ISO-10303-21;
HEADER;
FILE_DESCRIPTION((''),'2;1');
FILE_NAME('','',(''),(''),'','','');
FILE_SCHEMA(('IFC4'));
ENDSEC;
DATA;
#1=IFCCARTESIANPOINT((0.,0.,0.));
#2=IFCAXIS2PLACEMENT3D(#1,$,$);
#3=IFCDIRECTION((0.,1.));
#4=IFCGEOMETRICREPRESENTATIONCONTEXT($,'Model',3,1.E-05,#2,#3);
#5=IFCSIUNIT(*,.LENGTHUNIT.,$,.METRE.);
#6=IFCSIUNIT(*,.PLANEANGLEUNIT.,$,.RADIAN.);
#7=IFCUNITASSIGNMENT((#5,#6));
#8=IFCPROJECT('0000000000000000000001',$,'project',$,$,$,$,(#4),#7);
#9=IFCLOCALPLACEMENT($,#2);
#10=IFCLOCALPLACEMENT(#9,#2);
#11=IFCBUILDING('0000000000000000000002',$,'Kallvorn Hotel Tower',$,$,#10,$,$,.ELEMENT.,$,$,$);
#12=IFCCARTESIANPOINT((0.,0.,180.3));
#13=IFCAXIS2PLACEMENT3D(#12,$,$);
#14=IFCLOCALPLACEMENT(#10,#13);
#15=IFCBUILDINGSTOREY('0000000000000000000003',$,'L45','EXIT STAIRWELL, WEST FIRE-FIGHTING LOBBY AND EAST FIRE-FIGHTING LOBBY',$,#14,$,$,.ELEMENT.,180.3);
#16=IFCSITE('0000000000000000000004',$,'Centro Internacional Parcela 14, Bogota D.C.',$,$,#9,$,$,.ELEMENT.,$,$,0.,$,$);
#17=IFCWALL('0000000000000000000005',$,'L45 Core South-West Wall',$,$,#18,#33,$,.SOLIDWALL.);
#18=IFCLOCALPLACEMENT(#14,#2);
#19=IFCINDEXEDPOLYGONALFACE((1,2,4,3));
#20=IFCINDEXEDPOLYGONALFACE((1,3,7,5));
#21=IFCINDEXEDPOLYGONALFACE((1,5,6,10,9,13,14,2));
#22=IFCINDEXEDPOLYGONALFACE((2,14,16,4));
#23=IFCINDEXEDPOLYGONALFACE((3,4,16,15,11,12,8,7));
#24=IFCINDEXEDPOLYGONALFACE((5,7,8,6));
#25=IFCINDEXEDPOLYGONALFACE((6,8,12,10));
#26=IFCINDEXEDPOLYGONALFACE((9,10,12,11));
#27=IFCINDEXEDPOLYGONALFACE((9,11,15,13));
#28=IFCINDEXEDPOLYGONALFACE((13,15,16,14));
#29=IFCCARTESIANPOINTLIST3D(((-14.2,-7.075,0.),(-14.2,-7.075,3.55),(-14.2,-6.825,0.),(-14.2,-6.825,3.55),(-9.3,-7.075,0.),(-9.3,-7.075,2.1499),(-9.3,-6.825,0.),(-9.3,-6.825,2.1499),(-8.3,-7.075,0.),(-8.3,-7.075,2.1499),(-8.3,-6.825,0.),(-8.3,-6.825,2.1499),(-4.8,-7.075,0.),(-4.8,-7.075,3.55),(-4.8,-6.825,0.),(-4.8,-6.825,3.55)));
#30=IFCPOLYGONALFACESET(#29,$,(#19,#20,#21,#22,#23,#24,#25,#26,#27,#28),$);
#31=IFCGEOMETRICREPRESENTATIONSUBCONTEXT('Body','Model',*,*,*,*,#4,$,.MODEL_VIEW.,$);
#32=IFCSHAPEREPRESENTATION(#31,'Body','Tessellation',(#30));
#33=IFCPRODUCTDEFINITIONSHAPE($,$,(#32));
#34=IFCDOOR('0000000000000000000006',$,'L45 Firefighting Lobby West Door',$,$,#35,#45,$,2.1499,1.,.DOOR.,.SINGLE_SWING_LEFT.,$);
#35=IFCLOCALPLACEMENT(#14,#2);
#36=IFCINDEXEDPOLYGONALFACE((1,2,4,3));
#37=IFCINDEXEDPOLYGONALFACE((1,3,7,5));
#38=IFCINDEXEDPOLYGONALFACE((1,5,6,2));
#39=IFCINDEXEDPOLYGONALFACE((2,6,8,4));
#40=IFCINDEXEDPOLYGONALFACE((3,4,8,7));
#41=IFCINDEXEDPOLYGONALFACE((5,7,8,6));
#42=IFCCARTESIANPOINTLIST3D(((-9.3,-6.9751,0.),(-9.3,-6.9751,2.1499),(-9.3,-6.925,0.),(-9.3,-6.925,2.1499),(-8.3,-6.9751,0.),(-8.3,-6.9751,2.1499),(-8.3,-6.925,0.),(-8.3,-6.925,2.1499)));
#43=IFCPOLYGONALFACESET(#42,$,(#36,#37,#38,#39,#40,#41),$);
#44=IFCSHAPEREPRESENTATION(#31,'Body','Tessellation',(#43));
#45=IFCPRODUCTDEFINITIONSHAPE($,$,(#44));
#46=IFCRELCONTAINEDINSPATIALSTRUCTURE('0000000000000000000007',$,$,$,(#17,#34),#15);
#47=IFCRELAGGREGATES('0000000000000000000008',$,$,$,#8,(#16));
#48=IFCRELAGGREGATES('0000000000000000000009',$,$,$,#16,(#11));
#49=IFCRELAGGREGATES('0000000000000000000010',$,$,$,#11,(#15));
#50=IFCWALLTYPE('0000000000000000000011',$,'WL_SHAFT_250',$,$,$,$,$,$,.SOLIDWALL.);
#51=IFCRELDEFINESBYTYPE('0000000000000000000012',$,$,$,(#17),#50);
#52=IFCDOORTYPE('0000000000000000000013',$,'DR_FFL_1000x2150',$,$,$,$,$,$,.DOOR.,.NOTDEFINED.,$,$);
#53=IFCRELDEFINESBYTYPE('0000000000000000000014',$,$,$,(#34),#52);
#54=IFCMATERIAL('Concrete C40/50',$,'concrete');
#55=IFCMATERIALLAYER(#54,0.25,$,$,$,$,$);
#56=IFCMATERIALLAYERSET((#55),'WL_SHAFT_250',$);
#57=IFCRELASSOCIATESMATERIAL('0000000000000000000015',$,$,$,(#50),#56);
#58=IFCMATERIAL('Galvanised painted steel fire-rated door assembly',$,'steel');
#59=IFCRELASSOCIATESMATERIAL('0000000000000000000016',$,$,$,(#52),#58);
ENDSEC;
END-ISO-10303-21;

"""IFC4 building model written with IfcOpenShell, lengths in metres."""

from ifc_helpers import new_model, si_unit, direction, frame, frame_2d, origin, place, context, subcontext, project, spatial, rectangle, extrude, material, layer, layer_set, type_object, element, fill, save


model = new_model("IFC4")

# Units and contexts
model_context = context("Model", 3, precision=1e-05, world=origin(), true_north=direction((0.0, 1.0)))
body_context = subcontext(model_context, "Body", "Model", "MODEL_VIEW")
ifc_project = project(units=[si_unit("LENGTHUNIT", "METRE"), si_unit("PLANEANGLEUNIT", "RADIAN")], contexts=[model_context])

# Site, building, storey
site_placement = place(None, origin())
site = spatial("IfcSite", under=ifc_project, at=site_placement, Name="Centro Internacional Parcela 14, Bogota D.C.", CompositionType="ELEMENT", RefElevation=0.0)
building_placement = place(site_placement, origin())
building = spatial("IfcBuilding", under=site, at=building_placement, Name="Kallvorn Hotel Tower", CompositionType="ELEMENT")
storey_placement = place(building_placement, frame((0.0, 0.0, 180.3)))
storey = spatial("IfcBuildingStorey", under=building, at=storey_placement, Name="L45", Description="EXIT STAIRWELL, WEST FIRE-FIGHTING LOBBY AND EAST FIRE-FIGHTING LOBBY", CompositionType="ELEMENT", Elevation=180.3)

# Wall, opening, door
ifc_material_1 = material(Name="Concrete C40/50", Category="concrete")
ifc_layer_1 = layer(ifc_material_1, 0.25)
ifc_layer_set_1 = layer_set([ifc_layer_1], Name="WL_SHAFT_250")
wall_type_1 = type_object("IfcWallType", Name="WL_SHAFT_250", PredefinedType="SOLIDWALL", material=ifc_layer_set_1)
wall_1_placement = place(storey_placement, frame((-14.2, -6.95, 0.0), z_axis=(0.0, 0.0, 1.0), x_axis=(1.0, 0.0, 0.0)))
wall_1 = element("IfcWall", 1, at=wall_1_placement, inside=storey, type_object=wall_type_1, Name="L45 Core South-West Wall", PredefinedType="SOLIDWALL", context=body_context, shape_type="SweptSolid", body=[
    extrude(rectangle(XDim=9.3999, YDim=0.25, at=frame_2d((4.7, 0.0))), origin(), (0.0, 0.0, 1.0), 3.55),
])
opening_1_placement = place(wall_1_placement, frame((4.8999, 0.0, 0.0)))
opening_1 = element("IfcOpeningElement", 2, at=opening_1_placement, cuts=wall_1, PredefinedType="OPENING", context=body_context, shape_type="SweptSolid", body=[
    extrude(rectangle(XDim=1.0, YDim=2.1499, at=frame_2d((0.5, 1.075))), frame((0.0, 0.1399, 0.0), z_axis=(0.0, -1.0, 0.0), x_axis=(1.0, 0.0, 0.0)), (0.0, 0.0, 1.0), 0.28),
])
ifc_material_2 = material(Name="Galvanised painted steel fire-rated door assembly", Category="steel")
door_type_1 = type_object("IfcDoorType", Name="DR_FFL_1000x2150", OperationType="NOTDEFINED", PredefinedType="DOOR", material=ifc_material_2)
door_1_placement = place(opening_1_placement, origin())
door_1 = element("IfcDoor", 3, at=door_1_placement, inside=storey, type_object=door_type_1, Name="L45 Firefighting Lobby West Door", OperationType="SINGLE_SWING_LEFT", OverallHeight=2.1499, OverallWidth=1.0, PredefinedType="DOOR", context=body_context, shape_type="SweptSolid", body=[
    extrude(rectangle(XDim=1.0, YDim=2.1499, at=frame_2d((0.5, 1.075))), frame((0.0, 0.0249, 0.0), z_axis=(0.0, -1.0, 0.0), x_axis=(1.0, 0.0, 0.0)), (0.0, 0.0, 1.0), 0.05),
])
fill(opening_1, door_1)

save(model, "model.ifc")
